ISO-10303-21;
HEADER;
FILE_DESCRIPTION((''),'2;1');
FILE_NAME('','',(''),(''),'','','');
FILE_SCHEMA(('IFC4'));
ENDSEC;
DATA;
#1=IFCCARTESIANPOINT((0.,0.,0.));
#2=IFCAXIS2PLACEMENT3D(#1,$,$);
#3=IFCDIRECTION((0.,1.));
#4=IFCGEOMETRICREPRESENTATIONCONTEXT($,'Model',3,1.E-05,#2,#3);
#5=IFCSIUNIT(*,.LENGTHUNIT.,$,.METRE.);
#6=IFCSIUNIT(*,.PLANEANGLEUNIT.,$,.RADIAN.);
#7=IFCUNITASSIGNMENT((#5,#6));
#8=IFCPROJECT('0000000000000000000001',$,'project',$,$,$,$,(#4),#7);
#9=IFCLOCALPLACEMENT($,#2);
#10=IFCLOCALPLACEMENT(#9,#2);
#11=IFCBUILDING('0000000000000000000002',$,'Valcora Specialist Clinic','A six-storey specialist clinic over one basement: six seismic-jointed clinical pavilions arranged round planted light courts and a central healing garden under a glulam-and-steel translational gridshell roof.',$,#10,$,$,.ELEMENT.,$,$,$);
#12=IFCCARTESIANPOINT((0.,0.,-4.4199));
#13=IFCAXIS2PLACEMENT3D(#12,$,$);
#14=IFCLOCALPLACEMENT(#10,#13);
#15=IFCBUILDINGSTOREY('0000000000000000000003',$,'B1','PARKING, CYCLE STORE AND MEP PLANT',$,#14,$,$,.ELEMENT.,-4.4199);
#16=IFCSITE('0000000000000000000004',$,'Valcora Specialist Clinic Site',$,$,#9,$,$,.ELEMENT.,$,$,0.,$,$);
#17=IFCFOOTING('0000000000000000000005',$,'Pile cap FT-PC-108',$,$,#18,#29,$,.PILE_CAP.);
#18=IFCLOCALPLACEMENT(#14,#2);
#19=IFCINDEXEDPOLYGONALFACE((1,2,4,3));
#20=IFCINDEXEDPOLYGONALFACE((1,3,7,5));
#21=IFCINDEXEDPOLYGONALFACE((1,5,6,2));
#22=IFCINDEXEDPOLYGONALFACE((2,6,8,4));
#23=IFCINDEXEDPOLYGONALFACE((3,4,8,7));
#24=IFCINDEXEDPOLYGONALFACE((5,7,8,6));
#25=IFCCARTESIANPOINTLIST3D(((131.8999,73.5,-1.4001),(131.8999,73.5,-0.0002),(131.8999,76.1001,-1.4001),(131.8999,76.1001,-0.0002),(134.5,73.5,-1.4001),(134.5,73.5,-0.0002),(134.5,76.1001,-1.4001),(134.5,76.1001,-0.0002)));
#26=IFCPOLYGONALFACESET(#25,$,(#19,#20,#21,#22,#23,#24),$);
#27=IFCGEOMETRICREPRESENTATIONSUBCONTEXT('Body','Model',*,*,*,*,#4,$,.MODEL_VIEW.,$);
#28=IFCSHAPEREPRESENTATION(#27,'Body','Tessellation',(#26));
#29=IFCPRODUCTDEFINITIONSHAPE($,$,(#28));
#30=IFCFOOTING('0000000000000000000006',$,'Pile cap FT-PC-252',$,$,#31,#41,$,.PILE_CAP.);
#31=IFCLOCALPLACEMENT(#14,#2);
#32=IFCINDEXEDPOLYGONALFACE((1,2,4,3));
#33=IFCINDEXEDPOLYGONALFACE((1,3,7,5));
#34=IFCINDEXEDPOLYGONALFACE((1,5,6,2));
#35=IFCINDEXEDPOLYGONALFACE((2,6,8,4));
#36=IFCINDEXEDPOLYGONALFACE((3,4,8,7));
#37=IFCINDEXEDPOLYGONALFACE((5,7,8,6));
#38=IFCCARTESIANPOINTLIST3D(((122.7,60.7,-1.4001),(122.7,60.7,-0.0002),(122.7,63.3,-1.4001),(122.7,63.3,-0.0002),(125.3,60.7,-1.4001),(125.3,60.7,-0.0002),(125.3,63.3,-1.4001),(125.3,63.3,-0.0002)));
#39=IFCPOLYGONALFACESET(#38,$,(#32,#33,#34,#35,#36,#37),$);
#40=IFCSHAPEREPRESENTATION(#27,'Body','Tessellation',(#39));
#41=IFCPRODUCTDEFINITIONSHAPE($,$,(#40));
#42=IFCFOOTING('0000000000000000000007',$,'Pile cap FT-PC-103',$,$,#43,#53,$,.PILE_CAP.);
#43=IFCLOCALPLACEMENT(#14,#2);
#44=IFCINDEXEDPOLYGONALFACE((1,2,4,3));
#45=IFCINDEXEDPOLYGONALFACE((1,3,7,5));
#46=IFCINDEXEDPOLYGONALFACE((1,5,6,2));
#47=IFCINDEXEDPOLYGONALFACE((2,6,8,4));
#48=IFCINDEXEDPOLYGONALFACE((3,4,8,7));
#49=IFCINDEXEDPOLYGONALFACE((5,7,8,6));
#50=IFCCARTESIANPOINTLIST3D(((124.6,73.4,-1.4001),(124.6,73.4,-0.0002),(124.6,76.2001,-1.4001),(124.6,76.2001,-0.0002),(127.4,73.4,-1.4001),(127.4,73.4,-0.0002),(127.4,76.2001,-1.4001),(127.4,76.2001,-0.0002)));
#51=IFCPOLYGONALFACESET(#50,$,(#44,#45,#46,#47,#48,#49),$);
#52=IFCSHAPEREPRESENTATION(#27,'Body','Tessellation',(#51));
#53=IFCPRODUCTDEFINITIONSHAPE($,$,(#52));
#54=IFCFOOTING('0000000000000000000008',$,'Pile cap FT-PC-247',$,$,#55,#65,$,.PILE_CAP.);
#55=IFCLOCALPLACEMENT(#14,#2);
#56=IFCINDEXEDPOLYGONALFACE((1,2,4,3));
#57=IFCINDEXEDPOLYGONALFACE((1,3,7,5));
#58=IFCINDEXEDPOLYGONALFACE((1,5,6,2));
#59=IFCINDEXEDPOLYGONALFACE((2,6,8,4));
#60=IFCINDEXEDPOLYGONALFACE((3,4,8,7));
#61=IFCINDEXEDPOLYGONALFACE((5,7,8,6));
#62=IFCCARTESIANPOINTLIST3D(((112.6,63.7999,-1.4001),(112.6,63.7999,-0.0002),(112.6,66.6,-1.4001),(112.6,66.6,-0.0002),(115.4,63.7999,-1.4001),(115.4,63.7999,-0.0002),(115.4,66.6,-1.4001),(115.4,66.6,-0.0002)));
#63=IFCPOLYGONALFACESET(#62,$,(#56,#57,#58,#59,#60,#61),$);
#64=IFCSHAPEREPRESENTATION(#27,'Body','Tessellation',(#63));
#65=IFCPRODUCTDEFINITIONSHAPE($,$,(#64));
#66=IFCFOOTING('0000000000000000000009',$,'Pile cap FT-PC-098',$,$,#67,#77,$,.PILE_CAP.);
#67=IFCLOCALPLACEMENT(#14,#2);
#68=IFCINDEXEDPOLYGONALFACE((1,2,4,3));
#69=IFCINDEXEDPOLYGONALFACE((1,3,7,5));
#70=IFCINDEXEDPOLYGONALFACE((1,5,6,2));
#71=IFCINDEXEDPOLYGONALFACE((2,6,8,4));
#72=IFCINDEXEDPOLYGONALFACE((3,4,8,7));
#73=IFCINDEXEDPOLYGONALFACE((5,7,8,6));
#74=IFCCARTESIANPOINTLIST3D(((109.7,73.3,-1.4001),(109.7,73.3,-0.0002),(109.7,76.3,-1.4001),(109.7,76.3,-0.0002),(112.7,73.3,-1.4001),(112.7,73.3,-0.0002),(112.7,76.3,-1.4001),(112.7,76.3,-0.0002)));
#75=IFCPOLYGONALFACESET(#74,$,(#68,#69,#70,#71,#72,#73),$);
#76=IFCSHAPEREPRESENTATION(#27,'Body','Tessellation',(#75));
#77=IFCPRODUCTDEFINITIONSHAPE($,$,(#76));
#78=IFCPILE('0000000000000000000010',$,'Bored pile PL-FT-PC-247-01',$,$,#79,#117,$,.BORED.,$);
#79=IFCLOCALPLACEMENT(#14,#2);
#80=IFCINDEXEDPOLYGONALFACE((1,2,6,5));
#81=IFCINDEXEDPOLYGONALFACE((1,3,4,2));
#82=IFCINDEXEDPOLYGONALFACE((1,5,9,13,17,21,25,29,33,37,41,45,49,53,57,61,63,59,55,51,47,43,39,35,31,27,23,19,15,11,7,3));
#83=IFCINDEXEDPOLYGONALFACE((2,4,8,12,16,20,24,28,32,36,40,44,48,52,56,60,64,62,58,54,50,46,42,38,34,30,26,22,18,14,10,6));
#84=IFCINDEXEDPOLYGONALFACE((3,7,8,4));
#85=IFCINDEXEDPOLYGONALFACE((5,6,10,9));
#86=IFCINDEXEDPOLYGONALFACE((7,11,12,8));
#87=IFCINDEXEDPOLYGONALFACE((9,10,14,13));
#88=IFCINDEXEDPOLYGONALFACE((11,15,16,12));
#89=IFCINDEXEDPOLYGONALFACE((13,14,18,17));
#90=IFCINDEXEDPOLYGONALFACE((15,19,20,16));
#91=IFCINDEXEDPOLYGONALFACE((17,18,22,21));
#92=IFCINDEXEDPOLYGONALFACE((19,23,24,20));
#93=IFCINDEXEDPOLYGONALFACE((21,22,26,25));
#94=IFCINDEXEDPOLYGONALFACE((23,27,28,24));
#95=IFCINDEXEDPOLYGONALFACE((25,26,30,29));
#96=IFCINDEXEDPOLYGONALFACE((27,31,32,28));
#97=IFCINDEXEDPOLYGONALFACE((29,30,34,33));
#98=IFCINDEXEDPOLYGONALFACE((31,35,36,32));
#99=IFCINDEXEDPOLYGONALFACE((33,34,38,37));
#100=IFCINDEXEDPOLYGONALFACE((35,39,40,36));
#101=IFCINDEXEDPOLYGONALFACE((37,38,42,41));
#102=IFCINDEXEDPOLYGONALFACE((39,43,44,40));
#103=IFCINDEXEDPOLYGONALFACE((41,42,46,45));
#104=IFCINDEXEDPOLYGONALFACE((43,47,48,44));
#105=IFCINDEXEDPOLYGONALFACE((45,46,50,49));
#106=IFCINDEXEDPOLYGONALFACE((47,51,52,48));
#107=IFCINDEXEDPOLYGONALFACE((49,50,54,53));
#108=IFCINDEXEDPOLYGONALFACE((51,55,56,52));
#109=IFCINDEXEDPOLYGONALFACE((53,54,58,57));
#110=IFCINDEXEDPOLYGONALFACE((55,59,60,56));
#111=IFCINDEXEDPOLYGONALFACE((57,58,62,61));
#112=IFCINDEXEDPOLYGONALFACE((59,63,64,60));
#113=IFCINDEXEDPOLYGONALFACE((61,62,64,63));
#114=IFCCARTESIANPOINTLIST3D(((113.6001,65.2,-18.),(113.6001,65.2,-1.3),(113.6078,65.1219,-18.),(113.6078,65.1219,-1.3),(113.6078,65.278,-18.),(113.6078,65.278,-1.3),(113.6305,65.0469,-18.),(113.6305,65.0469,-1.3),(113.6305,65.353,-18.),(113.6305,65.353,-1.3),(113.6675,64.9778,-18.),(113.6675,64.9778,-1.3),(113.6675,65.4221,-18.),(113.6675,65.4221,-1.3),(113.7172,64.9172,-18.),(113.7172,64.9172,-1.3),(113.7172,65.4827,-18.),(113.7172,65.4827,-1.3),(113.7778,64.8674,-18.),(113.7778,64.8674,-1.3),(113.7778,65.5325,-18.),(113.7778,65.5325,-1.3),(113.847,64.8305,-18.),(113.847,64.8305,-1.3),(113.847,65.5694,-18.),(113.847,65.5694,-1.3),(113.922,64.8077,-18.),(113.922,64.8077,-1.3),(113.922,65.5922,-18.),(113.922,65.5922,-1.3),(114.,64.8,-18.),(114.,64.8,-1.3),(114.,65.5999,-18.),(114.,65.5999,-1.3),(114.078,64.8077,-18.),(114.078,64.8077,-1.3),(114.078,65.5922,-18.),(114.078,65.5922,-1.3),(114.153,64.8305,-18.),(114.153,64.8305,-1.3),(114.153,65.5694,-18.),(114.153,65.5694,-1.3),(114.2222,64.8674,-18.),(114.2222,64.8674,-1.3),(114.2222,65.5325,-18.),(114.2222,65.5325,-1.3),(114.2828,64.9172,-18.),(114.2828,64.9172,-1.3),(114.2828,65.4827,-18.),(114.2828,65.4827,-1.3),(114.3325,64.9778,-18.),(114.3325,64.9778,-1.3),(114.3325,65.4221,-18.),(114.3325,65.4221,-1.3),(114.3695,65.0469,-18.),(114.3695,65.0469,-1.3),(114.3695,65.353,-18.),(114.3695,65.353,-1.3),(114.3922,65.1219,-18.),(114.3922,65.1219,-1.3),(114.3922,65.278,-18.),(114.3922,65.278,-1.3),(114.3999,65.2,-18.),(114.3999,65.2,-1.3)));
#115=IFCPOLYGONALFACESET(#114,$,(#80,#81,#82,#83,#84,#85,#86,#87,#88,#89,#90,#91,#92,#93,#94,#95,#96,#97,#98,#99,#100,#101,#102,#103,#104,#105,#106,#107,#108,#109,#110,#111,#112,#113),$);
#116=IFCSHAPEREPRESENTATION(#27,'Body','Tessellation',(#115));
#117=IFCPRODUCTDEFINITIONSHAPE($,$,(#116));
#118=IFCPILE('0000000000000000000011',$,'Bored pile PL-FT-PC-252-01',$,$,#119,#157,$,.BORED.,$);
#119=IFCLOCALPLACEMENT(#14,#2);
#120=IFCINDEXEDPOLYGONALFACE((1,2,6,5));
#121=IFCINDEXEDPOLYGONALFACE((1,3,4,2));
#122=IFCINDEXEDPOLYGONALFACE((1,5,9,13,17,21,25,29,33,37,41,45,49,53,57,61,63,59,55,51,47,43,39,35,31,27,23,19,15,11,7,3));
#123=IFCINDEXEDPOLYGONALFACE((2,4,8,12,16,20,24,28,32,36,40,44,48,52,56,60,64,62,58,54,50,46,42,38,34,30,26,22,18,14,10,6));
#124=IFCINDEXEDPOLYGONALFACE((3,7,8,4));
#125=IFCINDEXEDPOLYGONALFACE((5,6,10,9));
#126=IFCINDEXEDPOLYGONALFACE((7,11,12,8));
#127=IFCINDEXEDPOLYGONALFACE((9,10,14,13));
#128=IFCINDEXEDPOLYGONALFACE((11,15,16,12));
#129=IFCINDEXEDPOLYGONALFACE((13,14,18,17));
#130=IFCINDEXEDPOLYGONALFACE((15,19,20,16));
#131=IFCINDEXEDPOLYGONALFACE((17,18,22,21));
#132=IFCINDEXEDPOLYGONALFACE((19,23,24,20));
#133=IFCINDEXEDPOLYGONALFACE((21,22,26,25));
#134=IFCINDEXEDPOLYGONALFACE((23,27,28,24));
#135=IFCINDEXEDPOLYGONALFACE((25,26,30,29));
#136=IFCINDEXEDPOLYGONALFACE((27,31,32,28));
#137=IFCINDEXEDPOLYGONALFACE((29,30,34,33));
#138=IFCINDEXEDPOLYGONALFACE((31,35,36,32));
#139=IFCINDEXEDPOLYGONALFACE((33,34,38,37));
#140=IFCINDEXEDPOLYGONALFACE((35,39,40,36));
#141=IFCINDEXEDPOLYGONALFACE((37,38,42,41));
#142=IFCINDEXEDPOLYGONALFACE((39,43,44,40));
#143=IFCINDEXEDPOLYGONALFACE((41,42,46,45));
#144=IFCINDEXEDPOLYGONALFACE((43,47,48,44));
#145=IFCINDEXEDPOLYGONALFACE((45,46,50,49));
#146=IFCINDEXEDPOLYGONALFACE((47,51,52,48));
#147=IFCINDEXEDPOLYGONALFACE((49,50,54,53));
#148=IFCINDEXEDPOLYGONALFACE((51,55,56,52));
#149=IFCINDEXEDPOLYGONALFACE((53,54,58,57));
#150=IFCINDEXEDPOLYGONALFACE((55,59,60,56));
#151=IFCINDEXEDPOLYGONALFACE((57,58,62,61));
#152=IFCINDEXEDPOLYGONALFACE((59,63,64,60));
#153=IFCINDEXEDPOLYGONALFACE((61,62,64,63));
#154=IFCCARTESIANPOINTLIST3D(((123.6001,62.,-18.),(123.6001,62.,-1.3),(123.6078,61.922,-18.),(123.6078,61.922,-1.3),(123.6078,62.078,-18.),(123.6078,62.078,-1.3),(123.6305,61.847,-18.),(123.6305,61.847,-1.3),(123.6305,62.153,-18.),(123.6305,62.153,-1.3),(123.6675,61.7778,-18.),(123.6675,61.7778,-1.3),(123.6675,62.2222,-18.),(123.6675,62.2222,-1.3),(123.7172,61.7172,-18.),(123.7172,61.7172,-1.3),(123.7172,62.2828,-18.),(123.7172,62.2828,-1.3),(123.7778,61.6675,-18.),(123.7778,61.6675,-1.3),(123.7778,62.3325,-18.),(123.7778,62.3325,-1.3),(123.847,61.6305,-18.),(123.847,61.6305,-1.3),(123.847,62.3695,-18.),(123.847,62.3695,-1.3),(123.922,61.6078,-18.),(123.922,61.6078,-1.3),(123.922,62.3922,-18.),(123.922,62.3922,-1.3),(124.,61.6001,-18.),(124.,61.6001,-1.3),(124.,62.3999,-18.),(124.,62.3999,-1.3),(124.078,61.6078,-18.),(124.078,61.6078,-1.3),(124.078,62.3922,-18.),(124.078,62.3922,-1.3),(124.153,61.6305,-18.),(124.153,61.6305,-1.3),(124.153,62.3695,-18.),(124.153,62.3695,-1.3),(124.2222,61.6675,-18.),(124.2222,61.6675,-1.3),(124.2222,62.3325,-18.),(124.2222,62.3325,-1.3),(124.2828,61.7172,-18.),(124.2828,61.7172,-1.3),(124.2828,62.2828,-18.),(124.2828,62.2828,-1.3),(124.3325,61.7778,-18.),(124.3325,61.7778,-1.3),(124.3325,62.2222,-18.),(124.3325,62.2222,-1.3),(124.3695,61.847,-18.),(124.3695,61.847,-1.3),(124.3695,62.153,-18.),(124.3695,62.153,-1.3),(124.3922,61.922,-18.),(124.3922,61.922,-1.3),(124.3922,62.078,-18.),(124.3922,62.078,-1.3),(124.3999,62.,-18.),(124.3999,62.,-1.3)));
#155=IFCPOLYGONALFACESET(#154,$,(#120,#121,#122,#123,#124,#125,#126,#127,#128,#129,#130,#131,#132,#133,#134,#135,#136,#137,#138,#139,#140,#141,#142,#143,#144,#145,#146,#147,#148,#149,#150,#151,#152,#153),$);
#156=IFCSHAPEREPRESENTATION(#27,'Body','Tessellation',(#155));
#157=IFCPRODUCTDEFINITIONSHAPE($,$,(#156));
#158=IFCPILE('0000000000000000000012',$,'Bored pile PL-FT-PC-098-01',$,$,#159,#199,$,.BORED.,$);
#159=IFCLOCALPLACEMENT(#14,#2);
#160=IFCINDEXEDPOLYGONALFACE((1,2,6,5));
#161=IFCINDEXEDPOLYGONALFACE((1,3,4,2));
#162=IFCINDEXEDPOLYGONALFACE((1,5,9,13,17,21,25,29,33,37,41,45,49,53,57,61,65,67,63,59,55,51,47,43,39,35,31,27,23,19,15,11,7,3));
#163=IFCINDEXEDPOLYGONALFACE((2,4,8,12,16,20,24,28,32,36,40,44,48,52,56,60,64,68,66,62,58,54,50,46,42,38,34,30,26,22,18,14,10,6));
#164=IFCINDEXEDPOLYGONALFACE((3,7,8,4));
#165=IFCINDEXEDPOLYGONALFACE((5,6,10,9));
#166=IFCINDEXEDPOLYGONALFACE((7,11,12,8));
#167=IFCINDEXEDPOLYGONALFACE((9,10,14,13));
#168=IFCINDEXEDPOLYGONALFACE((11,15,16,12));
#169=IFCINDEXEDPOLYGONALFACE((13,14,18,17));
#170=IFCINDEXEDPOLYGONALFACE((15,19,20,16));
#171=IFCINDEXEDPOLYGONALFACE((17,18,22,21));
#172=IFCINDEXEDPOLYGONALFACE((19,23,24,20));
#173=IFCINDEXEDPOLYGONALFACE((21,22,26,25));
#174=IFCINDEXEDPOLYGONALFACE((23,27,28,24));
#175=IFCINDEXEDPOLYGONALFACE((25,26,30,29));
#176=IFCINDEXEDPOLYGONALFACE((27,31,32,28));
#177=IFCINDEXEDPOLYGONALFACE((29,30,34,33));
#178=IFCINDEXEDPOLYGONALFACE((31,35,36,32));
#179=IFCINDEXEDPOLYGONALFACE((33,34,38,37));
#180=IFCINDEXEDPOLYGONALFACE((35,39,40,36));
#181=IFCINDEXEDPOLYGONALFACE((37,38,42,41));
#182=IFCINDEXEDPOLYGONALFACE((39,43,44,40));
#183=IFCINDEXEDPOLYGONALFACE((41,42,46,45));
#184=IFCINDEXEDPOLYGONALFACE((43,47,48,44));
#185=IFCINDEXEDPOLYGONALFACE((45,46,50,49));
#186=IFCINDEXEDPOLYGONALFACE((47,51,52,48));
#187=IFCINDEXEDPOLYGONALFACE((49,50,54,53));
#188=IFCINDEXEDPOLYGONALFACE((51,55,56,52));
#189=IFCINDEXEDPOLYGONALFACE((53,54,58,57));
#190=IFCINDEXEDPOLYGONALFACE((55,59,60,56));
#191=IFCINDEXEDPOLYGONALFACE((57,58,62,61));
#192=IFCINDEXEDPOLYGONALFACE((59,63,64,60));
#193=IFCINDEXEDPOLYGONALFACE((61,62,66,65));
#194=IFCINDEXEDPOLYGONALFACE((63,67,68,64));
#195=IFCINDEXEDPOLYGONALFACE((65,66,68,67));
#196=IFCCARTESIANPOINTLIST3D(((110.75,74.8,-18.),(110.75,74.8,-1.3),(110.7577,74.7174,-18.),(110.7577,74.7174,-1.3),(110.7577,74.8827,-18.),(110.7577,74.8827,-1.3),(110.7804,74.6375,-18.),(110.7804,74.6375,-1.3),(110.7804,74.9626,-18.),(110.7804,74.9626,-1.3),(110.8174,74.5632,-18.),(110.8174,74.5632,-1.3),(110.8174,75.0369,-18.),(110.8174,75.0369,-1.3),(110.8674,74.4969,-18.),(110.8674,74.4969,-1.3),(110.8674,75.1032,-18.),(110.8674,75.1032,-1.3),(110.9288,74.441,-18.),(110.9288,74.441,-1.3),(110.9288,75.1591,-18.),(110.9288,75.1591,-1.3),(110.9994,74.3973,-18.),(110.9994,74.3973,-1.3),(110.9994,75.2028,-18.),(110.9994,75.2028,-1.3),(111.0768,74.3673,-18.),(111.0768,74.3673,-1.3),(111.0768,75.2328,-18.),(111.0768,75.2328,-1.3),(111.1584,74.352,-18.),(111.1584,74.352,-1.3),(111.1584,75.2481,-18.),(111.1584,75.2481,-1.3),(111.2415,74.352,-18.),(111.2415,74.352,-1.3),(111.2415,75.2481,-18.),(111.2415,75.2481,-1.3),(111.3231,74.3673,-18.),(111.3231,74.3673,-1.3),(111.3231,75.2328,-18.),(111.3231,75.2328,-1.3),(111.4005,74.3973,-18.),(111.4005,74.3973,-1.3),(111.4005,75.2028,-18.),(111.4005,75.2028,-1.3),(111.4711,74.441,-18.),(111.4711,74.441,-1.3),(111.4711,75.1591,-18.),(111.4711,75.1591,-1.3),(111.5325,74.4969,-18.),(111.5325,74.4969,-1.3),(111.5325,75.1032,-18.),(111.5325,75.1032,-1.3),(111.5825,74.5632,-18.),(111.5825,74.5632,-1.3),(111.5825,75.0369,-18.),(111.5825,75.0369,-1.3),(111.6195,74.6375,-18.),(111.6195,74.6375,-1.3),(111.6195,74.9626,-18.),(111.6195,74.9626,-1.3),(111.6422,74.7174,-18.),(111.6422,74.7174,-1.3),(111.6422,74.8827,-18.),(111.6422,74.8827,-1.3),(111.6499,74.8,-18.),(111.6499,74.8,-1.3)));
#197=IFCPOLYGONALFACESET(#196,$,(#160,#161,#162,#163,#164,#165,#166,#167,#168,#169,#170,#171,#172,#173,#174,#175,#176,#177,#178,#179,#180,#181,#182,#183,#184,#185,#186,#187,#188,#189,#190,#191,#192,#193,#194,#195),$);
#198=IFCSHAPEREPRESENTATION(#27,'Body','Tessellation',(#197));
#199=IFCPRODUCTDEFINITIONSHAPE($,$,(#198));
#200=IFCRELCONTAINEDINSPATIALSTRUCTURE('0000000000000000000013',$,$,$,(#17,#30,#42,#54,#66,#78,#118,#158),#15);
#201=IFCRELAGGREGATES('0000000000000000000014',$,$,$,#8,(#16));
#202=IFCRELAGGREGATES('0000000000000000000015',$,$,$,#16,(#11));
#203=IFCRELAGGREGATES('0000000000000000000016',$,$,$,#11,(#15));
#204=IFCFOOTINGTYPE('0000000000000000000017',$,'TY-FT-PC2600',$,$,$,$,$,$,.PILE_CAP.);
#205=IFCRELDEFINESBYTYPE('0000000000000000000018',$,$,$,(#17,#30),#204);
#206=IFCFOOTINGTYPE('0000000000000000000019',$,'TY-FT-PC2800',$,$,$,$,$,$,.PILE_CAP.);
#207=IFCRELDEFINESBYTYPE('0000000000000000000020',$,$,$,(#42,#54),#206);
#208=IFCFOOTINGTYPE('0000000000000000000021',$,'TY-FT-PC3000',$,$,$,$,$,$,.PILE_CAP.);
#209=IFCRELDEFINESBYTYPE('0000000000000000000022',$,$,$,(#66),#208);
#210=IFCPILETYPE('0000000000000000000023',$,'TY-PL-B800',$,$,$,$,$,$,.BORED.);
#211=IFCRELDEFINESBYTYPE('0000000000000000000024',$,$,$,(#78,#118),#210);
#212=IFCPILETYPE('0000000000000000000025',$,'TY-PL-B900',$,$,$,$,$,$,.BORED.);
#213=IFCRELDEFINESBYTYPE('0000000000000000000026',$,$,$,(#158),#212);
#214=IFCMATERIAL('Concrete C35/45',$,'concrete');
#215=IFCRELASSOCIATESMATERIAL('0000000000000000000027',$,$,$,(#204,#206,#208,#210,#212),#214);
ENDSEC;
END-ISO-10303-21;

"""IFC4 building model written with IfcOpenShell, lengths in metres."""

from ifc_helpers import new_model, si_unit, direction, frame, origin, origin_2d, place, context, subcontext, project, spatial, rectangle, circle, extrude, material, material_profile, profile_set, type_object, element, save


model = new_model("IFC4")

# Units and contexts
model_context = context("Model", 3, precision=1e-05, world=origin(), true_north=direction((0.0, 1.0)))
body_context = subcontext(model_context, "Body", "Model", "MODEL_VIEW")
ifc_project = project(units=[si_unit("LENGTHUNIT", "METRE"), si_unit("PLANEANGLEUNIT", "RADIAN")], contexts=[model_context])

# Site, building, storey
site_placement = place(None, origin())
site = spatial("IfcSite", under=ifc_project, at=site_placement, Name="Valcora Specialist Clinic Site", CompositionType="ELEMENT", RefElevation=0.0)
building_placement = place(site_placement, origin())
building = spatial("IfcBuilding", under=site, at=building_placement, Name="Valcora Specialist Clinic", Description="A six-storey specialist clinic over one basement: six seismic-jointed clinical pavilions arranged round planted light courts and a central healing garden under a glulam-and-steel translational gridshell roof.", CompositionType="ELEMENT")
storey_placement = place(building_placement, frame((0.0, 0.0, -4.4199)))
storey = spatial("IfcBuildingStorey", under=building, at=storey_placement, Name="B1", Description="PARKING, CYCLE STORE AND MEP PLANT", CompositionType="ELEMENT", Elevation=-4.4199)

# Footings
ifc_material_1 = material(Name="Concrete C35/45", Category="concrete")
footing_type_1 = type_object("IfcFootingType", Name="TY-FT-PC2600", PredefinedType="PILE_CAP", material=ifc_material_1)
for number, where, z_axis, x_axis, name in (
    (1, (133.2, 74.8, -1.4001), (0.0, 0.0, 1.0), (1.0, 0.0, 0.0), "Pile cap FT-PC-108"),
    (2, (124.0, 62.0, -1.4001), (0.0, 0.0, 1.0), (1.0, 0.0, 0.0), "Pile cap FT-PC-252"),
):
    element("IfcFooting", number, at=place(storey_placement, frame(where, z_axis=z_axis, x_axis=x_axis)), inside=storey, type_object=footing_type_1, Name=name, PredefinedType="PILE_CAP", context=body_context, shape_type="SweptSolid", body=[
        extrude(rectangle(XDim=2.6001, YDim=2.6001, at=origin_2d()), origin(), (0.0, 0.0, 1.0), 1.3999),
    ])
footing_type_2 = type_object("IfcFootingType", Name="TY-FT-PC2800", PredefinedType="PILE_CAP", material=ifc_material_1)
for number, where, z_axis, x_axis, name in (
    (3, (126.0, 74.8, -1.4001), (0.0, 0.0, 1.0), (1.0, 0.0, 0.0), "Pile cap FT-PC-103"),
    (4, (114.0, 65.2, -1.4001), (0.0, 0.0, 1.0), (1.0, 0.0, 0.0), "Pile cap FT-PC-247"),
):
    element("IfcFooting", number, at=place(storey_placement, frame(where, z_axis=z_axis, x_axis=x_axis)), inside=storey, type_object=footing_type_2, Name=name, PredefinedType="PILE_CAP", context=body_context, shape_type="SweptSolid", body=[
        extrude(rectangle(XDim=2.8, YDim=2.8, at=origin_2d()), origin(), (0.0, 0.0, 1.0), 1.3999),
    ])
footing_type_3 = type_object("IfcFootingType", Name="TY-FT-PC3000", PredefinedType="PILE_CAP", material=ifc_material_1)
footing_placement = place(storey_placement, frame((111.2, 74.8, -1.4001), z_axis=(0.0, 0.0, 1.0), x_axis=(1.0, 0.0, 0.0)))
element("IfcFooting", 5, at=footing_placement, inside=storey, type_object=footing_type_3, Name="Pile cap FT-PC-098", PredefinedType="PILE_CAP", context=body_context, shape_type="SweptSolid", body=[
    extrude(rectangle(XDim=3.0, YDim=3.0, at=origin_2d()), origin(), (0.0, 0.0, 1.0), 1.3999),
])

# Piles
ifc_material_profile_1 = material_profile(ifc_material_1, circle(Radius=0.3999, at=origin_2d()), Name="RC-PIL-D800")
ifc_profile_set_1 = profile_set([ifc_material_profile_1], Name="Concrete C35/45")
pile_type_1 = type_object("IfcPileType", Name="TY-PL-B800", PredefinedType="BORED", material=ifc_profile_set_1)
for number, where, z_axis, x_axis, name in (
    (6, (114.0, 65.2, -1.3), (0.0, 0.0, -1.0), (1.0, 0.0, 0.0), "Bored pile PL-FT-PC-247-01"),
    (7, (124.0, 62.0, -1.3), (0.0, 0.0, -1.0), (1.0, 0.0, 0.0), "Bored pile PL-FT-PC-252-01"),
):
    element("IfcPile", number, at=place(storey_placement, frame(where, z_axis=z_axis, x_axis=x_axis)), inside=storey, type_object=pile_type_1, Name=name, PredefinedType="BORED", context=body_context, shape_type="SweptSolid", body=[
        extrude(circle(Radius=0.3999, at=origin_2d()), origin(), (0.0, 0.0, 1.0), 16.7),
    ])
ifc_material_profile_2 = material_profile(ifc_material_1, circle(Radius=0.45, at=origin_2d()), Name="RC-PIL-D900")
ifc_profile_set_2 = profile_set([ifc_material_profile_2], Name="Concrete C35/45")
pile_type_2 = type_object("IfcPileType", Name="TY-PL-B900", PredefinedType="BORED", material=ifc_profile_set_2)
for number, where, z_axis, x_axis, name in (
    (8, (111.2, 74.8, -1.3), (0.0, 0.0, -1.0), (1.0, 0.0, 0.0), "Bored pile PL-FT-PC-098-01"),
):
    element("IfcPile", number, at=place(storey_placement, frame(where, z_axis=z_axis, x_axis=x_axis)), inside=storey, type_object=pile_type_2, Name=name, PredefinedType="BORED", context=body_context, shape_type="SweptSolid", body=[
        extrude(circle(Radius=0.45, at=origin_2d()), origin(), (0.0, 0.0, 1.0), 16.7),
    ])

save(model, "model.ifc")
